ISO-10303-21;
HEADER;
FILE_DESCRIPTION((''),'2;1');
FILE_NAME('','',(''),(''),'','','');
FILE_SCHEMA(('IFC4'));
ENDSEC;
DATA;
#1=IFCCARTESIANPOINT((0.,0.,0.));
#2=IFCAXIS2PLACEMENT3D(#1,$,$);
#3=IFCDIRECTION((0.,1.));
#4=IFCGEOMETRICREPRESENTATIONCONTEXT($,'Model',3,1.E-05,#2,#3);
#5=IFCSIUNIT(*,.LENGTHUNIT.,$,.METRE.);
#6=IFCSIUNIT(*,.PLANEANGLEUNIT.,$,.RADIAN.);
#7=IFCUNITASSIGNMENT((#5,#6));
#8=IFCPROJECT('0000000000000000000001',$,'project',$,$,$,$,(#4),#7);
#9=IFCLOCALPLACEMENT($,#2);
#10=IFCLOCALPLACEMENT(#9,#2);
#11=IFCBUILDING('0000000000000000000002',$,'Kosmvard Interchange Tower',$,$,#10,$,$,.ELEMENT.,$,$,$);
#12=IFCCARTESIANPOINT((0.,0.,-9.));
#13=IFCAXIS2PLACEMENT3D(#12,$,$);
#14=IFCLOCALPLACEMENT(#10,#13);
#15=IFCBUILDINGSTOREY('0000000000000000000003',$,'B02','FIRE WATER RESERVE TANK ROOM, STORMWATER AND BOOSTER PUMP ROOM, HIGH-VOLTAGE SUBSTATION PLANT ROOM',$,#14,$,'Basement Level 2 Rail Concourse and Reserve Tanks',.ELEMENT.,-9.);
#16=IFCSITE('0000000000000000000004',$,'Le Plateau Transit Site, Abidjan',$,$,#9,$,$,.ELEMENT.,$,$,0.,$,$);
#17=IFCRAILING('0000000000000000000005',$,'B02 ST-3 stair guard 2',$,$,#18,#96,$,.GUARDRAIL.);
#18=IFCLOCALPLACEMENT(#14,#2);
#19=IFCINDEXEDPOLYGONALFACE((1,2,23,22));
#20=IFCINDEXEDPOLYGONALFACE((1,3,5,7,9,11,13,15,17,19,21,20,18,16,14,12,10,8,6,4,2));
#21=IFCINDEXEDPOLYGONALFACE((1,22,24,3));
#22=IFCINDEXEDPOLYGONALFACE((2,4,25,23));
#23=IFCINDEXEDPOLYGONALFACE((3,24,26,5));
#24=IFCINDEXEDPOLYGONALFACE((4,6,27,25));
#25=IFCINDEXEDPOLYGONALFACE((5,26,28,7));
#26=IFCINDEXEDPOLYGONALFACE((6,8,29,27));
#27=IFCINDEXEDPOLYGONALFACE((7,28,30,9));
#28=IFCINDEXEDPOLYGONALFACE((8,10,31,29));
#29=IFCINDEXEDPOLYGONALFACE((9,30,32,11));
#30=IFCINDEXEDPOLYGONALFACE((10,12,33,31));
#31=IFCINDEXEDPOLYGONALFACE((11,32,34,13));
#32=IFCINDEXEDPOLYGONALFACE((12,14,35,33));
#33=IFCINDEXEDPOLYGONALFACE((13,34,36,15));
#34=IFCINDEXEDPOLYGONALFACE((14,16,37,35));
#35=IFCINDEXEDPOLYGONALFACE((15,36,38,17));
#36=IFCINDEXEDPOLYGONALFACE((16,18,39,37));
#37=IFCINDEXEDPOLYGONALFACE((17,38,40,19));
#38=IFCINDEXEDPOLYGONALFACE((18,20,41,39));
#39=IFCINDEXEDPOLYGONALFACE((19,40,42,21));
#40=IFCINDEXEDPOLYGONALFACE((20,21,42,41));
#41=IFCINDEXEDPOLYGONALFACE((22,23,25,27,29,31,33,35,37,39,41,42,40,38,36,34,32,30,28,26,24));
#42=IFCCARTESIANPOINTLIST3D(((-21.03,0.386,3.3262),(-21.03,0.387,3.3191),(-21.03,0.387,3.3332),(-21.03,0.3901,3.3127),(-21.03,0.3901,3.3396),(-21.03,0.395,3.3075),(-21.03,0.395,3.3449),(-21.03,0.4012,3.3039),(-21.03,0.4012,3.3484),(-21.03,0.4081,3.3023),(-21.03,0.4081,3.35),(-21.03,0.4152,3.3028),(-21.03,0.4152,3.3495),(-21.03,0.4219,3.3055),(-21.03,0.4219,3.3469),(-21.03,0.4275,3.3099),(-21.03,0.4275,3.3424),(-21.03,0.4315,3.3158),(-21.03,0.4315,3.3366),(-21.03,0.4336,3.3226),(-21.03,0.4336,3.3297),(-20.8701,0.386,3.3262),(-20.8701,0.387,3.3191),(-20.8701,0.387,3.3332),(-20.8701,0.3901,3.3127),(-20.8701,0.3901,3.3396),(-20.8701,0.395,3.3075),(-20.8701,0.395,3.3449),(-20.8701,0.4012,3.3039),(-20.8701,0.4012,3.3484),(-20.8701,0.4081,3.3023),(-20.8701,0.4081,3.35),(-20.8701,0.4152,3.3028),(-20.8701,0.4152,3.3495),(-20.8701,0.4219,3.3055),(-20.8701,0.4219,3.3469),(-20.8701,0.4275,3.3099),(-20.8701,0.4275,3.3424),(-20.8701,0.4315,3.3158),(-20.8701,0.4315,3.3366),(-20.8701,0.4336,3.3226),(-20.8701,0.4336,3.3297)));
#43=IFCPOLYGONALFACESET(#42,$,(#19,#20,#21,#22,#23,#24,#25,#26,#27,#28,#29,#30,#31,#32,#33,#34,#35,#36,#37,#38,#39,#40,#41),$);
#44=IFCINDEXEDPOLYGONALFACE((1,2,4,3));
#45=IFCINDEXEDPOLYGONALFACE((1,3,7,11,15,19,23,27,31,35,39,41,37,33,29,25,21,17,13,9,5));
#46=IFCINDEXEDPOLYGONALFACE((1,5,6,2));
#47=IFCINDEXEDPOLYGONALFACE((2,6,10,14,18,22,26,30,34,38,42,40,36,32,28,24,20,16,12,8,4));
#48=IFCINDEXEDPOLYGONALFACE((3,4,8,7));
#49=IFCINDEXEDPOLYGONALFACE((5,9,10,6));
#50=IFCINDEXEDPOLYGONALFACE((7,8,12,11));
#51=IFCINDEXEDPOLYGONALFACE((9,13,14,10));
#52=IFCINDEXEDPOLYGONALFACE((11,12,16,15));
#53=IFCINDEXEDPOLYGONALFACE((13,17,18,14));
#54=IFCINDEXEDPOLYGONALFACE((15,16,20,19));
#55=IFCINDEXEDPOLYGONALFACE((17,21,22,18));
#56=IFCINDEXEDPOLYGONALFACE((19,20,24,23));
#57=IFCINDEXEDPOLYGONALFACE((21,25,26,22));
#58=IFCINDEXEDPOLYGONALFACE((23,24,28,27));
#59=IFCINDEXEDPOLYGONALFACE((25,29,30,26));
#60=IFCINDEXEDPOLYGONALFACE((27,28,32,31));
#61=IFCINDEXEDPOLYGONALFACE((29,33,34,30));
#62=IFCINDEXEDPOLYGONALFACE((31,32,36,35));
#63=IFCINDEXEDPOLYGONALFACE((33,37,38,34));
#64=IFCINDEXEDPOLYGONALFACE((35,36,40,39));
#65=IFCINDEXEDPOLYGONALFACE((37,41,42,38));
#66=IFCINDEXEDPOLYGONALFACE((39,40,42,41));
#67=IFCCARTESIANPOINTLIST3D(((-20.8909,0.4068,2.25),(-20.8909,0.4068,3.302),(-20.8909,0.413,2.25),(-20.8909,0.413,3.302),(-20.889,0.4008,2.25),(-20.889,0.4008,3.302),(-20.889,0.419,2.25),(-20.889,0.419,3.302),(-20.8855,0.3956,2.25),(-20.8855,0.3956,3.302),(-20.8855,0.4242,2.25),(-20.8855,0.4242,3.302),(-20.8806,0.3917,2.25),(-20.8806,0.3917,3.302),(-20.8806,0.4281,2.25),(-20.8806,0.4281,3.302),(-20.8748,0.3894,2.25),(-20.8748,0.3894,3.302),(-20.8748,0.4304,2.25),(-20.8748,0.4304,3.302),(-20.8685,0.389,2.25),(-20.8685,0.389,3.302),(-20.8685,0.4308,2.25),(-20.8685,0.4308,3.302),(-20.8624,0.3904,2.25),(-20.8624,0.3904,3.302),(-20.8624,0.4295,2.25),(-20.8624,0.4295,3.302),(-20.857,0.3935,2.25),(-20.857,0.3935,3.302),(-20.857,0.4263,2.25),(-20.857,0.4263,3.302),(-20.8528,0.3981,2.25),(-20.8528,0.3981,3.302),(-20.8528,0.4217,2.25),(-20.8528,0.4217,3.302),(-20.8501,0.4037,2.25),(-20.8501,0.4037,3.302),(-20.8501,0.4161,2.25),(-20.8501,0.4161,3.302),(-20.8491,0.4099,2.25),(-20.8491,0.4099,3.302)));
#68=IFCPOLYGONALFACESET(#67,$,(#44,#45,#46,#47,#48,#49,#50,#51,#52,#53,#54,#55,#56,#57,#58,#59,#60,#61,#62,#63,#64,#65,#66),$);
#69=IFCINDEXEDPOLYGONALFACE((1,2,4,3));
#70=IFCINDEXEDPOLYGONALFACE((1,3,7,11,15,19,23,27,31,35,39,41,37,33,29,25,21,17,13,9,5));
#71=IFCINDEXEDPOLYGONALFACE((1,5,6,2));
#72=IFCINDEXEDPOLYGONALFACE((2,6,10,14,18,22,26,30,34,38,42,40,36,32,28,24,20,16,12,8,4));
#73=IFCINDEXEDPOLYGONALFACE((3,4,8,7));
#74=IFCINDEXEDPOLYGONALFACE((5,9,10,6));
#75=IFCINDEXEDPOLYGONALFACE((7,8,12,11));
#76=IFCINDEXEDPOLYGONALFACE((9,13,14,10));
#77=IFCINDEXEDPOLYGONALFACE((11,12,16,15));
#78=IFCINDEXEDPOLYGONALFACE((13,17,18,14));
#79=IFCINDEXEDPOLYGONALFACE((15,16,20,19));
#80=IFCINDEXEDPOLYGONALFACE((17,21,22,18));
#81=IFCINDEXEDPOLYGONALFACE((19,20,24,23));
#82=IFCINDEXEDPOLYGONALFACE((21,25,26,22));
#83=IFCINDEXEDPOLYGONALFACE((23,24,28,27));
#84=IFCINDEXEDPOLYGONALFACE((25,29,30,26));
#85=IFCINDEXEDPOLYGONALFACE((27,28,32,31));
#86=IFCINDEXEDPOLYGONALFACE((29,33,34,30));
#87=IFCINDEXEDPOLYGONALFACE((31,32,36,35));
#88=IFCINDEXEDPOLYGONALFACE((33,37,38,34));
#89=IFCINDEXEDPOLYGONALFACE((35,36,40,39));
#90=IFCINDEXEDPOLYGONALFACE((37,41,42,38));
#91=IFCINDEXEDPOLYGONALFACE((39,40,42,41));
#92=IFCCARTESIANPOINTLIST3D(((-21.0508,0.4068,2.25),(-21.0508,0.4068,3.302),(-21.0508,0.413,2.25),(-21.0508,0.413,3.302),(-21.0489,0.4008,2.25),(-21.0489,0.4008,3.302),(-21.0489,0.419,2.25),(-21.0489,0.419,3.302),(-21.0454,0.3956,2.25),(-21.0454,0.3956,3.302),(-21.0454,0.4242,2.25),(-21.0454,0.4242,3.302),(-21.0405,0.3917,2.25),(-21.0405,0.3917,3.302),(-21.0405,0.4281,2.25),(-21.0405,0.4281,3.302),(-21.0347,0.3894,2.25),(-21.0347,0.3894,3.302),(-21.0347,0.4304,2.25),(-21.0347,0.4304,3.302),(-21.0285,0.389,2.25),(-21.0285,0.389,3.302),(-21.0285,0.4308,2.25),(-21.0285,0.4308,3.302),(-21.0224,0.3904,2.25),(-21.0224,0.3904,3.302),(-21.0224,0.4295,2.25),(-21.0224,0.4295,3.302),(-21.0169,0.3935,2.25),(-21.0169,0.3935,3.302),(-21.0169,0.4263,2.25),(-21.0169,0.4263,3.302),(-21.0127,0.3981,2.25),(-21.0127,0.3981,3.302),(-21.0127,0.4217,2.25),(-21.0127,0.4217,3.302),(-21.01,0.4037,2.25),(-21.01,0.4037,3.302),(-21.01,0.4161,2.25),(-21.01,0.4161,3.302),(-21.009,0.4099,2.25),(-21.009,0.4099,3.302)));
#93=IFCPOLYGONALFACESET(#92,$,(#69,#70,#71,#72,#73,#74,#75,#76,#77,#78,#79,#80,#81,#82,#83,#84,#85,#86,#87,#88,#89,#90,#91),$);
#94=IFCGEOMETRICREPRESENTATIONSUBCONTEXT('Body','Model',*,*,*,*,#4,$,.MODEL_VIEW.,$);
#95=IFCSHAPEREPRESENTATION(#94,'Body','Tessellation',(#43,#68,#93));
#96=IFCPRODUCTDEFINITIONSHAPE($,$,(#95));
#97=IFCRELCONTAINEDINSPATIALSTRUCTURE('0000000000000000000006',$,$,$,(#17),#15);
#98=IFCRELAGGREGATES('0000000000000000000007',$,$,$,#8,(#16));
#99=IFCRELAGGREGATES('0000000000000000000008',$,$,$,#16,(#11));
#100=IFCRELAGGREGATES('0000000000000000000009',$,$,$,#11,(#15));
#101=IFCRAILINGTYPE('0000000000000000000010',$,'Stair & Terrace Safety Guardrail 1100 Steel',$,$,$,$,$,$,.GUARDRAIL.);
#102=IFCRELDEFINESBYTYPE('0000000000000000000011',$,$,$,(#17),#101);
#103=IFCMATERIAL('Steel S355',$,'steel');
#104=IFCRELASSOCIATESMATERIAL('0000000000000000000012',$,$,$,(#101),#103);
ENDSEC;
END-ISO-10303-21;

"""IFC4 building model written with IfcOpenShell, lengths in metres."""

from ifc_helpers import new_model, si_unit, direction, frame, origin, origin_2d, place, context, subcontext, project, spatial, circle, extrude, source, transform, mapped, material, type_object, element, save


model = new_model("IFC4")

# Units and contexts
model_context = context("Model", 3, precision=1e-05, world=origin(), true_north=direction((0.0, 1.0)))
body_context = subcontext(model_context, "Body", "Model", "MODEL_VIEW")
ifc_project = project(units=[si_unit("LENGTHUNIT", "METRE"), si_unit("PLANEANGLEUNIT", "RADIAN")], contexts=[model_context])

# Site, building, storey
site_placement = place(None, origin())
site = spatial("IfcSite", under=ifc_project, at=site_placement, Name="Le Plateau Transit Site, Abidjan", CompositionType="ELEMENT", RefElevation=0.0)
building_placement = place(site_placement, origin())
building = spatial("IfcBuilding", under=site, at=building_placement, Name="Kosmvard Interchange Tower", CompositionType="ELEMENT")
storey_placement = place(building_placement, frame((0.0, 0.0, -9.0)))
storey = spatial("IfcBuildingStorey", under=building, at=storey_placement, Name="B02", Description="FIRE WATER RESERVE TANK ROOM, STORMWATER AND BOOSTER PUMP ROOM, HIGH-VOLTAGE SUBSTATION PLANT ROOM", LongName="Basement Level 2 Rail Concourse and Reserve Tanks", CompositionType="ELEMENT", Elevation=-9.0)

# Railing
ifc_material_1 = material(Name="Steel S355", Category="steel")
railing_type_1 = type_object("IfcRailingType", Name="Stair & Terrace Safety Guardrail 1100 Steel", PredefinedType="GUARDRAIL", material=ifc_material_1)
shared_shape_1 = source(origin(), body_context, "Body", "SweptSolid", [
    extrude(circle(Radius=0.0239, at=origin_2d()), frame((0.0, 0.0, 1.0762), z_axis=(-1.0, 0.0, 0.0), x_axis=(0.0, -1.0, 0.0)), (0.0, 0.0, 1.0), 0.1599),
    extrude(circle(Radius=0.021, at=origin_2d()), origin(), (0.0, 0.0, 1.0), 1.052),
    extrude(circle(Radius=0.021, at=origin_2d()), frame((-0.1599, 0.0, 0.0)), (0.0, 0.0, 1.0), 1.052),
])
railing_1_placement = place(storey_placement, frame((-20.8701, 0.4099, 2.25)))
element("IfcRailing", 1, at=railing_1_placement, inside=storey, type_object=railing_type_1, Name="B02 ST-3 stair guard 2", PredefinedType="GUARDRAIL", context=body_context, shape_type="MappedRepresentation", body=[
    mapped(shared_shape_1, transform((0.0, 0.0, 0.0), scale=1.0)),
])

save(model, "model.ifc")
